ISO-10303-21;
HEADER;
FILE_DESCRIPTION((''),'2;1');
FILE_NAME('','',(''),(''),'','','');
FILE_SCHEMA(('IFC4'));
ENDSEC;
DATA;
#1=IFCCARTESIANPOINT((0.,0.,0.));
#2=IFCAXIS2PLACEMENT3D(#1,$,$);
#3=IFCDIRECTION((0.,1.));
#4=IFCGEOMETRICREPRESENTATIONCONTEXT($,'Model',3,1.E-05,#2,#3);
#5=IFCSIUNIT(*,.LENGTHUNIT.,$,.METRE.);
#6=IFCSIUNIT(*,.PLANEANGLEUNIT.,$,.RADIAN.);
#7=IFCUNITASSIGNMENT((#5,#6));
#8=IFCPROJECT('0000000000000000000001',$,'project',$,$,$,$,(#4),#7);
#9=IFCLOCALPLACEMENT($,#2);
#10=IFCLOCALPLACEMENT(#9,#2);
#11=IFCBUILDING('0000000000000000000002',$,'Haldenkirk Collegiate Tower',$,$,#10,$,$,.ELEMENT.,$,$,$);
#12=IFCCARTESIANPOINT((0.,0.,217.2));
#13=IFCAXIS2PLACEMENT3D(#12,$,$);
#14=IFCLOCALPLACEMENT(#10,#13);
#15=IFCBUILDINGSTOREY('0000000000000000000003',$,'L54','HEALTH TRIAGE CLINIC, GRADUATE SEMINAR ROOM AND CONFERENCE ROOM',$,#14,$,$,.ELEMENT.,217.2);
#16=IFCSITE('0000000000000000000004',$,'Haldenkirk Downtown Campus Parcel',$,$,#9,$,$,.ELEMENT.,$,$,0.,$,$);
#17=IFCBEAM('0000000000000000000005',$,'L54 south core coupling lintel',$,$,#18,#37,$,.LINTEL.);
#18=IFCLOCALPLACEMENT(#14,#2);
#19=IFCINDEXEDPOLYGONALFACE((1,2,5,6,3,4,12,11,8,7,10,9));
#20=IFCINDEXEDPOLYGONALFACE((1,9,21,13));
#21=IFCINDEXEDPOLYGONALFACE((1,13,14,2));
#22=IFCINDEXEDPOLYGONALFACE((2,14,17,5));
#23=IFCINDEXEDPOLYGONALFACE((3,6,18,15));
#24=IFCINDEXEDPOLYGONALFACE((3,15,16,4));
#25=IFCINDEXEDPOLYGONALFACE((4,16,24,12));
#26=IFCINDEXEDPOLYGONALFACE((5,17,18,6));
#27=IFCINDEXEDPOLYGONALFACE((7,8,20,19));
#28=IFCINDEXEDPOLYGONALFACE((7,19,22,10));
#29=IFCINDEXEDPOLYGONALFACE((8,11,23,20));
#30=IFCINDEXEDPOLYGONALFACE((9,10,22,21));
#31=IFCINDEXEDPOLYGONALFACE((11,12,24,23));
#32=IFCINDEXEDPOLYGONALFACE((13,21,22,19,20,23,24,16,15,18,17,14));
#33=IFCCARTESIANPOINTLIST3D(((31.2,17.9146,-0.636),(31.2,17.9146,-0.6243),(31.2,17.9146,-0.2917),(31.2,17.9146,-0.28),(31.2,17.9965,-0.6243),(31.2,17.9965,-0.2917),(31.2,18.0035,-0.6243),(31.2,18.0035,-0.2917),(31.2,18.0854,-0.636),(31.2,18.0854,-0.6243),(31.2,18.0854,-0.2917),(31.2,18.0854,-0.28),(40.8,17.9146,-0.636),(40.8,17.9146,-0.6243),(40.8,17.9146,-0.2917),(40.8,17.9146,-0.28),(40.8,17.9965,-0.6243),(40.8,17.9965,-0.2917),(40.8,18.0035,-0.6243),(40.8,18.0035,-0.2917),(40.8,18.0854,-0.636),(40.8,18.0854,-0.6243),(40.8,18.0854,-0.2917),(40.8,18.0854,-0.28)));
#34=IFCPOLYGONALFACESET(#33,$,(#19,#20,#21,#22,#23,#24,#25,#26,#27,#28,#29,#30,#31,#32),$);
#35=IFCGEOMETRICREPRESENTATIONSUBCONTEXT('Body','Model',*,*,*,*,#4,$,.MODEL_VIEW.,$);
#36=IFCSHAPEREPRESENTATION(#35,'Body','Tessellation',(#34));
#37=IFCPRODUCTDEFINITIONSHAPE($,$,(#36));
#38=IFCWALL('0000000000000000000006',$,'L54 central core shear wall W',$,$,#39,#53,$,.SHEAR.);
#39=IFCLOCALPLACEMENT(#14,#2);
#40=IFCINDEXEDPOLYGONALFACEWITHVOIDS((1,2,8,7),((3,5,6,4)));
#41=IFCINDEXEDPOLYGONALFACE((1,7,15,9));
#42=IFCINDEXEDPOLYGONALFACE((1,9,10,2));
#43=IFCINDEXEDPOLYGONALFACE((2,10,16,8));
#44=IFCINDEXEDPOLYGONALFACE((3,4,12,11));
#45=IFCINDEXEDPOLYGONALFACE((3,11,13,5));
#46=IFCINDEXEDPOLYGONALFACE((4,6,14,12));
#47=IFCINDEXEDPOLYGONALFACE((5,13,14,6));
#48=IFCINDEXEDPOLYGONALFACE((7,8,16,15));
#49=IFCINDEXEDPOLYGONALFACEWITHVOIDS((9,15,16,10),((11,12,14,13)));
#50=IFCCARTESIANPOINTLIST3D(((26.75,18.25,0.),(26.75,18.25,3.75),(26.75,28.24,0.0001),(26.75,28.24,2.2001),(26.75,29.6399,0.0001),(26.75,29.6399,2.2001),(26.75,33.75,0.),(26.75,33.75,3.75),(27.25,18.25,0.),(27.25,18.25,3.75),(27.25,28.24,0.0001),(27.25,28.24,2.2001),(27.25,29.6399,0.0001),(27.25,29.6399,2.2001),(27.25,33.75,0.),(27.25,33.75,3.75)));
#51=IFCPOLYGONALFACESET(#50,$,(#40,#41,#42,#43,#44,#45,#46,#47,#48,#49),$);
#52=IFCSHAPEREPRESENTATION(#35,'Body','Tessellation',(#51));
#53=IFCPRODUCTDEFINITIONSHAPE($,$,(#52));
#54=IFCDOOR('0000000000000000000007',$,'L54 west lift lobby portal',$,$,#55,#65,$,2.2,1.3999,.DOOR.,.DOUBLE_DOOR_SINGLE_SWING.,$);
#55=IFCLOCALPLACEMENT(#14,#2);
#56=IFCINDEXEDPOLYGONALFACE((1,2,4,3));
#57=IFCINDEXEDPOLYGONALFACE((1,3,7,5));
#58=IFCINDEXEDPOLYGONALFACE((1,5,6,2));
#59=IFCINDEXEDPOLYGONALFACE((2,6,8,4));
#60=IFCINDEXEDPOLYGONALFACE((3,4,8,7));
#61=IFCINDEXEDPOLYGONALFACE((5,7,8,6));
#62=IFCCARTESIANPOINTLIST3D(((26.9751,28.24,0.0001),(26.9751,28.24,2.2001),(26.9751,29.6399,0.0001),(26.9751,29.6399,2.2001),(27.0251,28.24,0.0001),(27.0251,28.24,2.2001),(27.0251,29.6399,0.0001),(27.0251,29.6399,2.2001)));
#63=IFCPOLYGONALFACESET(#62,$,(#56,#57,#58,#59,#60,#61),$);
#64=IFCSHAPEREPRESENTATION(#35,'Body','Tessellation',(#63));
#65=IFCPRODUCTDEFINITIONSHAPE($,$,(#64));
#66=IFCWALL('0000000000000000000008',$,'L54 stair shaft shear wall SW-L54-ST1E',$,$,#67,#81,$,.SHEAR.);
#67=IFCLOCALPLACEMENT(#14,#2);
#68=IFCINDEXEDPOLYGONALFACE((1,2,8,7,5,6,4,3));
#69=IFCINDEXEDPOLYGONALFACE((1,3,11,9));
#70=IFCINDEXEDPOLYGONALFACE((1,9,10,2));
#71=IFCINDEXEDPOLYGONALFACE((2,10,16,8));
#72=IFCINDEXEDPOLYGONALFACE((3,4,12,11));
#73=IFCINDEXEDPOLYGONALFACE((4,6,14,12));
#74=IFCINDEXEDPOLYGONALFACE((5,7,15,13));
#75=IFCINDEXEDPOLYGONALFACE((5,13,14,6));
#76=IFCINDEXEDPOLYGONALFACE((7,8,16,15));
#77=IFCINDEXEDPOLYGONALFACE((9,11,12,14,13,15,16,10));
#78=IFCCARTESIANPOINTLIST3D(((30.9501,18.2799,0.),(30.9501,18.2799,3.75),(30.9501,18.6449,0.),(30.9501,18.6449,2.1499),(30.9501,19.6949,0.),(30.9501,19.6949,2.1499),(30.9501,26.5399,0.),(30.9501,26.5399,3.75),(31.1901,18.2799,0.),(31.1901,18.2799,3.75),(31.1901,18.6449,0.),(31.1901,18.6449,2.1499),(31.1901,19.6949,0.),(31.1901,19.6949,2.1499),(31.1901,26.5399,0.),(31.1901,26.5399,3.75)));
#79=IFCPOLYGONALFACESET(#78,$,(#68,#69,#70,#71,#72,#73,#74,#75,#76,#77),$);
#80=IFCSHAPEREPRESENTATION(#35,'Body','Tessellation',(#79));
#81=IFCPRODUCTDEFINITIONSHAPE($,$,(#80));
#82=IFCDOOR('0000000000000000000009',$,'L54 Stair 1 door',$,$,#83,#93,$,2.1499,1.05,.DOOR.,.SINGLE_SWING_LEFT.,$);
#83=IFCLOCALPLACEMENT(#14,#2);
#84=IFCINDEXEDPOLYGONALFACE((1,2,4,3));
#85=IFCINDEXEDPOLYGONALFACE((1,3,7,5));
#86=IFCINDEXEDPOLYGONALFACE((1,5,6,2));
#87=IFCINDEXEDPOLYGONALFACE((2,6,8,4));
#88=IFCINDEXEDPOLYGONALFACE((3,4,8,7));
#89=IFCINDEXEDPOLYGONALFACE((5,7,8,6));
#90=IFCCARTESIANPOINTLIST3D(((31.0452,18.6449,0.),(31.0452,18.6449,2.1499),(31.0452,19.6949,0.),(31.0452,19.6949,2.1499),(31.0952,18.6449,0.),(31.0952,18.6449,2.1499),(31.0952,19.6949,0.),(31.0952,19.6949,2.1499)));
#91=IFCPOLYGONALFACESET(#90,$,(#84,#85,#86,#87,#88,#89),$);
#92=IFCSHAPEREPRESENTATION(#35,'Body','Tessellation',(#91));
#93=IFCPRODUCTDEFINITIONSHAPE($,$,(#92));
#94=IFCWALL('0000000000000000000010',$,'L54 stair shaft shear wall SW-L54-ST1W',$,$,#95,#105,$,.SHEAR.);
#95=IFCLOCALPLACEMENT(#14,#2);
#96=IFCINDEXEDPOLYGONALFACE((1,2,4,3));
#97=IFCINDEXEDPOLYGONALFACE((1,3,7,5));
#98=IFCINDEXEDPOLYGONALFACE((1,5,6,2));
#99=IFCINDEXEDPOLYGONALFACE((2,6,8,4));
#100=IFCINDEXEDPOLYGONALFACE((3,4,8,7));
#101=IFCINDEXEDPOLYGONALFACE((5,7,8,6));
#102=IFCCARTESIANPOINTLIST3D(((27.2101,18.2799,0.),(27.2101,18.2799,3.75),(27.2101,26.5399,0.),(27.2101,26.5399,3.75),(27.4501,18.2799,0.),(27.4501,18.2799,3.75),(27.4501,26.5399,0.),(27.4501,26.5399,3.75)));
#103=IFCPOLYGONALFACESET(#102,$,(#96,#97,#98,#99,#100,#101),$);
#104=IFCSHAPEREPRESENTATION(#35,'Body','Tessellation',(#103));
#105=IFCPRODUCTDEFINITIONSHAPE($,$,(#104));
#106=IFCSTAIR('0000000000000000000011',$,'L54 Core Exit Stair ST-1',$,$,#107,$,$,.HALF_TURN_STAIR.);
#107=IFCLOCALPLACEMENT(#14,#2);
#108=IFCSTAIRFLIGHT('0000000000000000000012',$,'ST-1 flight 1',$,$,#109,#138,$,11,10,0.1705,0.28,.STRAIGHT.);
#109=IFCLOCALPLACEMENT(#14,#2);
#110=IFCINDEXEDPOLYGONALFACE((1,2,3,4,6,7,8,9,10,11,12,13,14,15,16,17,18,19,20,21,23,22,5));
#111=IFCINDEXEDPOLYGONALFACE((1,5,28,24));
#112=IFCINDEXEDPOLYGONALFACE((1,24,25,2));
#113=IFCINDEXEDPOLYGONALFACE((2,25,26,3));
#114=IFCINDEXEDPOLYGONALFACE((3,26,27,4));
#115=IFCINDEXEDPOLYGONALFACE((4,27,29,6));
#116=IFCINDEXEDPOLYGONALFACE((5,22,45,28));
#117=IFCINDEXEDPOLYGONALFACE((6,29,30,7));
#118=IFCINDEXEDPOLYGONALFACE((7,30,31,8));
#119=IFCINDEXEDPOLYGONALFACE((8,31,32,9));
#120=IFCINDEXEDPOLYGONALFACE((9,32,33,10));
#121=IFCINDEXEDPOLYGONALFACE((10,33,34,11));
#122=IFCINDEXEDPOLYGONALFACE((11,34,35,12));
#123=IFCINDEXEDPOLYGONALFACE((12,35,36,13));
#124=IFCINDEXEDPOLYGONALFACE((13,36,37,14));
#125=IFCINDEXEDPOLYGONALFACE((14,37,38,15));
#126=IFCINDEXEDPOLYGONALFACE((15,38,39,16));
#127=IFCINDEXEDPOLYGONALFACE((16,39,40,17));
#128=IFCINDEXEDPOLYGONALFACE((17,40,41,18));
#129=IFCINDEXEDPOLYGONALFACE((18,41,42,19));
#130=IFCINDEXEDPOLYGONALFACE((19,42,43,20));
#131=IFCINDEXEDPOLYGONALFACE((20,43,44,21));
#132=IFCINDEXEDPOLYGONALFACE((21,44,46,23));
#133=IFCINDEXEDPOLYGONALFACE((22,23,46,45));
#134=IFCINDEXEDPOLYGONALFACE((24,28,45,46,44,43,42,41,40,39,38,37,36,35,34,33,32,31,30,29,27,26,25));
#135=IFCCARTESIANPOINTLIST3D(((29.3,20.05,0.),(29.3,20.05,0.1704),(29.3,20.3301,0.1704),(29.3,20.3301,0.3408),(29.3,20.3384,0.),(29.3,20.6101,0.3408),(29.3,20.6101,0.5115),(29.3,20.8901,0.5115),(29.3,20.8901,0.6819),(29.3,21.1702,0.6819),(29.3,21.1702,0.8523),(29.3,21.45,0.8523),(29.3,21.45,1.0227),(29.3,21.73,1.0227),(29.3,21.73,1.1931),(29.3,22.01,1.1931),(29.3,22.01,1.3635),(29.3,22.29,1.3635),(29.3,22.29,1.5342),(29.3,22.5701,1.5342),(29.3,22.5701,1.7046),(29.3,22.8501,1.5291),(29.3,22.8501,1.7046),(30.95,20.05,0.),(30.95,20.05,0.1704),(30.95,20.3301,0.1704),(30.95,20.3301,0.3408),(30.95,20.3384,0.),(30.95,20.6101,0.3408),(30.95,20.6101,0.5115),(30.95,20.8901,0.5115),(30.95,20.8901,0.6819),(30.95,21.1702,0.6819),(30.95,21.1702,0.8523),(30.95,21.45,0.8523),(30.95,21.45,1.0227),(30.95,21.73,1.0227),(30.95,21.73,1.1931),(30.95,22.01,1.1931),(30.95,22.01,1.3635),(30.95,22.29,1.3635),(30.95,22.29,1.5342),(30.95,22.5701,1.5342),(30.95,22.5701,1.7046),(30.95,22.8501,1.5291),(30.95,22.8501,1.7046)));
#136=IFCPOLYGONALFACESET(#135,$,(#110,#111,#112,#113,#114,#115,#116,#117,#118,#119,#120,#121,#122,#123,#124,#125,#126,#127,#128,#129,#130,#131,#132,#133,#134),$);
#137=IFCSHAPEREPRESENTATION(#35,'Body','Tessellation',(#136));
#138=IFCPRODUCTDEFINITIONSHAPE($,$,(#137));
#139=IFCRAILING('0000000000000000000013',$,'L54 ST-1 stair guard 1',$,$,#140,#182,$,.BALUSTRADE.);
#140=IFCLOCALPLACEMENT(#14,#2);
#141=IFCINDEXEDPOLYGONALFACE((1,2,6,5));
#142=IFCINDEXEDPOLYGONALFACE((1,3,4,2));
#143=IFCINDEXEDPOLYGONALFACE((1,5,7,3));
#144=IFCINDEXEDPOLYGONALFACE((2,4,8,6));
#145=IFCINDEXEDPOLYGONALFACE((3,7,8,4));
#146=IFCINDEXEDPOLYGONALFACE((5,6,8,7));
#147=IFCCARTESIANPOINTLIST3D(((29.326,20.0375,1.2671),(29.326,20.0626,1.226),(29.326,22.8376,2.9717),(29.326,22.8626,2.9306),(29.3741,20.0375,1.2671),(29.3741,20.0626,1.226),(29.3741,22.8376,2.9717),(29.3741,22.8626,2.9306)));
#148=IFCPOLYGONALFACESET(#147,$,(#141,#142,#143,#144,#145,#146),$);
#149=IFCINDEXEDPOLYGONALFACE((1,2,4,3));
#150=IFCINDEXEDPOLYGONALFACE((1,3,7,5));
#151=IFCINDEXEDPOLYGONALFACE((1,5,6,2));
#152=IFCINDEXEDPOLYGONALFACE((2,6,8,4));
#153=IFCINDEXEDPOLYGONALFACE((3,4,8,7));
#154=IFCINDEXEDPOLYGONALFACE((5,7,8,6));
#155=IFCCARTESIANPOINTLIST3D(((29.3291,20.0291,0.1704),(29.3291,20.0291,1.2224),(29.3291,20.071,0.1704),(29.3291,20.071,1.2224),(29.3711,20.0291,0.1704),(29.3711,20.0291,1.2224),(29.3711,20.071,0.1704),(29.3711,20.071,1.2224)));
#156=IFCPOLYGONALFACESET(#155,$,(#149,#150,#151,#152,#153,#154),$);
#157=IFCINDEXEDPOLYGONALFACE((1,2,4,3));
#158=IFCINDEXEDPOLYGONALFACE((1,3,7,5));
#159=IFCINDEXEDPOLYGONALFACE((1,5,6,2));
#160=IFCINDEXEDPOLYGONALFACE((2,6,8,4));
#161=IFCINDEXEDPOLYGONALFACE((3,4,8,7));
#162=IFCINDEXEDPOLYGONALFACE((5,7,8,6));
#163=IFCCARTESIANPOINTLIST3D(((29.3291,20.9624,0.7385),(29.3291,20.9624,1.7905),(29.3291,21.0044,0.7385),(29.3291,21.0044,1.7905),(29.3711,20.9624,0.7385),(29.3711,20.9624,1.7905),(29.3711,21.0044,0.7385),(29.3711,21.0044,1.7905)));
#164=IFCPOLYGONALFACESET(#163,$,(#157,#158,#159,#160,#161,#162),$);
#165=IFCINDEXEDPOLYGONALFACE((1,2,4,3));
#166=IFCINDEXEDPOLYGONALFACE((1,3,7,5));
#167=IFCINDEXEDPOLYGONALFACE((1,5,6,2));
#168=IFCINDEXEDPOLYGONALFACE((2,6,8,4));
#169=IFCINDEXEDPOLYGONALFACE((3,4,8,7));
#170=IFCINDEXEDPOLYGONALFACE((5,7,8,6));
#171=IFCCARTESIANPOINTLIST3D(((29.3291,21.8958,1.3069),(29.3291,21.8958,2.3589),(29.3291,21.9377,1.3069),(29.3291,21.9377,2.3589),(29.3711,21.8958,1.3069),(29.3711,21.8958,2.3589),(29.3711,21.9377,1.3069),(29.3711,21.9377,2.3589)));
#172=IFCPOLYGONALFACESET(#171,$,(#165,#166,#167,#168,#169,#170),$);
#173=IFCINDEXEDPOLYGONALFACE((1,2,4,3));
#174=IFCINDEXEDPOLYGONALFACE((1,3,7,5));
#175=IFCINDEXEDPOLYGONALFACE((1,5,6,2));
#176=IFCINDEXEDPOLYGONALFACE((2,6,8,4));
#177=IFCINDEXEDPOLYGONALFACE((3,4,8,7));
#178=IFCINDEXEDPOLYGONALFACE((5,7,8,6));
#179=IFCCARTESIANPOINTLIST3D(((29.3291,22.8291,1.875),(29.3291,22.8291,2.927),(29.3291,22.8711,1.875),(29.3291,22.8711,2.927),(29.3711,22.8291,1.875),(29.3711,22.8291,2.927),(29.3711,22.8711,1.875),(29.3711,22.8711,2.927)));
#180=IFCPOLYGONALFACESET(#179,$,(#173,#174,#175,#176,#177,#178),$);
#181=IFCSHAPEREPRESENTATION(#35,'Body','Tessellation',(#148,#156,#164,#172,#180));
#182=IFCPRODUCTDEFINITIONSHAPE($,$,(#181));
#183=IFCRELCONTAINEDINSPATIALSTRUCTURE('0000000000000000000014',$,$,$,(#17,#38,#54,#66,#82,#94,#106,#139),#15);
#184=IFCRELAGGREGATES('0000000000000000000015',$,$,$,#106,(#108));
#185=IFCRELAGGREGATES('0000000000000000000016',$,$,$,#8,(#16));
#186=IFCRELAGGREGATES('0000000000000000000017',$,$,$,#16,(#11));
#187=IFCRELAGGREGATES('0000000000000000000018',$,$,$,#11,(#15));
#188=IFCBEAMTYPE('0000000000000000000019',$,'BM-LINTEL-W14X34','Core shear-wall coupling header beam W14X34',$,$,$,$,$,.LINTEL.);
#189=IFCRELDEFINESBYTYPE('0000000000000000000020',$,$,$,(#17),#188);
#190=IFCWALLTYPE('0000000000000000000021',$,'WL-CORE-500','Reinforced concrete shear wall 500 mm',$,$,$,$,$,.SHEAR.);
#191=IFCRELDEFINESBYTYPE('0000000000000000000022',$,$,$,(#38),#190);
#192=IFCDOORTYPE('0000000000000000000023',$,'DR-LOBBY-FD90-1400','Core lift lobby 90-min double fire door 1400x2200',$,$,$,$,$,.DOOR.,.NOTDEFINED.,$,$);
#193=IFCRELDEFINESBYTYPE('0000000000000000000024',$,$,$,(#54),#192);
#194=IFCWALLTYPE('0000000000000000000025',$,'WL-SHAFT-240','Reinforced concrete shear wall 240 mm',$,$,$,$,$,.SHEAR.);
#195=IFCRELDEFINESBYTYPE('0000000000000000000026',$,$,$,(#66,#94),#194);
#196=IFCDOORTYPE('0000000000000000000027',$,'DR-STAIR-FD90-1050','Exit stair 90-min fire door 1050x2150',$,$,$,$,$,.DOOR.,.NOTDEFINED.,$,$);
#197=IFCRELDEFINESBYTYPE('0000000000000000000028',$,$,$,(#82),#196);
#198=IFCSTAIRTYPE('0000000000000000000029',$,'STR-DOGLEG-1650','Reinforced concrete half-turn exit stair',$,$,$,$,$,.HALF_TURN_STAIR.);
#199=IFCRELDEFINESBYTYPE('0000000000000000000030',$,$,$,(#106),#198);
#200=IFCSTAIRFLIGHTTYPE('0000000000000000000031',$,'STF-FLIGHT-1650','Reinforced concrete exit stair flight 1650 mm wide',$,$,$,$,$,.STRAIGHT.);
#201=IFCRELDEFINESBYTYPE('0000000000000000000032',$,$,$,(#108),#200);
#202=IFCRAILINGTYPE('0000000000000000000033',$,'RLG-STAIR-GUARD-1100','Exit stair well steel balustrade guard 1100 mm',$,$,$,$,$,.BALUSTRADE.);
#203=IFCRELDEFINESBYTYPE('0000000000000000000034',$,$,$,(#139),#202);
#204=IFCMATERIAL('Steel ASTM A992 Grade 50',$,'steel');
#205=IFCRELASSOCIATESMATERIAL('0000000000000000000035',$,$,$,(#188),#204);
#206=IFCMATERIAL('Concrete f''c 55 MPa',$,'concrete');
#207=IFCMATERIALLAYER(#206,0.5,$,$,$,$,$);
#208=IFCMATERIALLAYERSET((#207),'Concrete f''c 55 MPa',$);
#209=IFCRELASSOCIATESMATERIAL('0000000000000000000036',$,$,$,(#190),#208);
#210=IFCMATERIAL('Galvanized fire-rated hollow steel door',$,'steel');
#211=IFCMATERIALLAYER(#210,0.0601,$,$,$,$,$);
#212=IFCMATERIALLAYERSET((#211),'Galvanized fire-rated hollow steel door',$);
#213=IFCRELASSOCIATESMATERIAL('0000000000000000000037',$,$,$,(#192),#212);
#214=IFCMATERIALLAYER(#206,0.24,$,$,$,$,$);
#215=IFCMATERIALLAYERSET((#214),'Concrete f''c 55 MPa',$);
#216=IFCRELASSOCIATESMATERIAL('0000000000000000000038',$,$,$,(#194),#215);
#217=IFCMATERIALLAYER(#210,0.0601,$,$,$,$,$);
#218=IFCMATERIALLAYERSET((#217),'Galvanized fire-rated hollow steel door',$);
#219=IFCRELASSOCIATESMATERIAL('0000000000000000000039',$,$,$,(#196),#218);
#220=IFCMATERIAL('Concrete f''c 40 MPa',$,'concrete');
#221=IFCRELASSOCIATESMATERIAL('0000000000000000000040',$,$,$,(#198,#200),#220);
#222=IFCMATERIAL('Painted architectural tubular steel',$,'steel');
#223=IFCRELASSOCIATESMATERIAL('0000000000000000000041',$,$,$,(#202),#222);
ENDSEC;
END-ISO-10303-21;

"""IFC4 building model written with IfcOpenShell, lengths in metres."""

from ifc_helpers import new_model, si_unit, direction, frame, frame_2d, origin, origin_2d, place, context, subcontext, project, spatial, polyline, rectangle, i_section, outline, extrude, material, layer, layer_set, material_profile, profile_set, type_object, element, fill, aggregate, save


model = new_model("IFC4")

# Units and contexts
model_context = context("Model", 3, precision=1e-05, world=origin(), true_north=direction((0.0, 1.0)))
body_context = subcontext(model_context, "Body", "Model", "MODEL_VIEW")
ifc_project = project(units=[si_unit("LENGTHUNIT", "METRE"), si_unit("PLANEANGLEUNIT", "RADIAN")], contexts=[model_context])

# Site, building, storey
site_placement = place(None, origin())
site = spatial("IfcSite", under=ifc_project, at=site_placement, Name="Haldenkirk Downtown Campus Parcel", CompositionType="ELEMENT", RefElevation=0.0)
building_placement = place(site_placement, origin())
building = spatial("IfcBuilding", under=site, at=building_placement, Name="Haldenkirk Collegiate Tower", CompositionType="ELEMENT")
storey_placement = place(building_placement, frame((0.0, 0.0, 217.2)))
storey = spatial("IfcBuildingStorey", under=building, at=storey_placement, Name="L54", Description="HEALTH TRIAGE CLINIC, GRADUATE SEMINAR ROOM AND CONFERENCE ROOM", CompositionType="ELEMENT", Elevation=217.2)

# Beam
ifc_material_1 = material(Name="Steel ASTM A992 Grade 50", Category="steel")
ifc_material_profile = material_profile(ifc_material_1, i_section(OverallWidth=0.1709, OverallDepth=0.356, WebThickness=0.0071, FlangeThickness=0.0117, at=origin_2d()), Name="W14X34")
ifc_profile_set = profile_set([ifc_material_profile], Name="Steel ASTM A992 Grade 50")
beam_type = type_object("IfcBeamType", Name="BM-LINTEL-W14X34", Description="Core shear-wall coupling header beam W14X34", PredefinedType="LINTEL", material=ifc_profile_set)
beam_placement = place(storey_placement, frame((31.2, 18.0, -0.458), z_axis=(1.0, 0.0, 0.0), x_axis=(0.0, 1.0, 0.0)))
element("IfcBeam", 1, at=beam_placement, inside=storey, type_object=beam_type, Name="L54 south core coupling lintel", PredefinedType="LINTEL", context=body_context, shape_type="SweptSolid", body=[
    extrude(i_section(OverallWidth=0.1709, OverallDepth=0.356, WebThickness=0.0071, FlangeThickness=0.0117, at=origin_2d()), origin(), (0.0, 0.0, 1.0), 9.6001),
])

# Shared definitions
ifc_material_2 = material(Name="Concrete f'c 55 MPa", Category="concrete")
ifc_layer_1 = layer(ifc_material_2, 0.5)
ifc_layer_set_1 = layer_set([ifc_layer_1], Name="Concrete f'c 55 MPa")
wall_type_1 = type_object("IfcWallType", Name="WL-CORE-500", Description="Reinforced concrete shear wall 500 mm", PredefinedType="SHEAR", material=ifc_layer_set_1)
ifc_material_3 = material(Name="Galvanized fire-rated hollow steel door", Category="steel")

# Walls, openings, doors
wall_1_placement = place(storey_placement, frame((27.0, 18.25, 0.0), z_axis=(0.0, 0.0, 1.0), x_axis=(0.0, 1.0, 0.0)))
wall_1 = element("IfcWall", 2, at=wall_1_placement, inside=storey, type_object=wall_type_1, Name="L54 central core shear wall W", PredefinedType="SHEAR", context=body_context, shape_type="SweptSolid", body=[
    extrude(rectangle(XDim=15.5, YDim=0.5, at=frame_2d((7.75, 0.0))), origin(), (0.0, 0.0, 1.0), 3.75),
])
opening_1_placement = place(wall_1_placement, frame((9.99, 0.0, 0.0)))
opening_1 = element("IfcOpeningElement", 3, at=opening_1_placement, cuts=wall_1, PredefinedType="OPENING", context=body_context, shape_type="SweptSolid", body=[
    extrude(rectangle(XDim=1.3999, YDim=2.2, at=frame_2d((0.7, 1.1001))), frame((0.0, 0.26, 0.0), z_axis=(0.0, -1.0, 0.0), x_axis=(1.0, 0.0, 0.0)), (0.0, 0.0, 1.0), 0.52),
])
ifc_layer_2 = layer(ifc_material_3, 0.0601)
ifc_layer_set_2 = layer_set([ifc_layer_2], Name="Galvanized fire-rated hollow steel door")
door_type_1 = type_object("IfcDoorType", Name="DR-LOBBY-FD90-1400", Description="Core lift lobby 90-min double fire door 1400x2200", OperationType="NOTDEFINED", PredefinedType="DOOR", material=ifc_layer_set_2)
door_1_placement = place(opening_1_placement, origin())
door_1 = element("IfcDoor", 4, at=door_1_placement, inside=storey, type_object=door_type_1, Name="L54 west lift lobby portal", OperationType="DOUBLE_DOOR_SINGLE_SWING", OverallHeight=2.2, OverallWidth=1.3999, PredefinedType="DOOR", context=body_context, shape_type="SweptSolid", body=[
    extrude(rectangle(XDim=1.3999, YDim=2.2, at=frame_2d((0.7, 1.1001))), frame((0.0, 0.0249, 0.0), z_axis=(0.0, -1.0, 0.0), x_axis=(1.0, 0.0, 0.0)), (0.0, 0.0, 1.0), 0.05),
])
fill(opening_1, door_1)
ifc_layer_3 = layer(ifc_material_2, 0.24)
ifc_layer_set_3 = layer_set([ifc_layer_3], Name="Concrete f'c 55 MPa")
wall_type_2 = type_object("IfcWallType", Name="WL-SHAFT-240", Description="Reinforced concrete shear wall 240 mm", PredefinedType="SHEAR", material=ifc_layer_set_3)
wall_2_placement = place(storey_placement, frame((31.0701, 18.28, 0.0), z_axis=(0.0, 0.0, 1.0), x_axis=(0.0, 1.0, 0.0)))
wall_2 = element("IfcWall", 5, at=wall_2_placement, inside=storey, type_object=wall_type_2, Name="L54 stair shaft shear wall SW-L54-ST1E", PredefinedType="SHEAR", context=body_context, shape_type="SweptSolid", body=[
    extrude(rectangle(XDim=8.26, YDim=0.24, at=frame_2d((4.1299, 0.0))), origin(), (0.0, 0.0, 1.0), 3.75),
])
opening_2_placement = place(wall_2_placement, frame((0.365, 0.0, 0.0)))
opening_2 = element("IfcOpeningElement", 6, at=opening_2_placement, cuts=wall_2, PredefinedType="OPENING", context=body_context, shape_type="SweptSolid", body=[
    extrude(rectangle(XDim=1.05, YDim=2.1499, at=frame_2d((0.5249, 1.075))), frame((0.0, 0.1299, 0.0), z_axis=(0.0, -1.0, 0.0), x_axis=(1.0, 0.0, 0.0)), (0.0, 0.0, 1.0), 0.26),
])
ifc_layer_4 = layer(ifc_material_3, 0.0601)
ifc_layer_set_4 = layer_set([ifc_layer_4], Name="Galvanized fire-rated hollow steel door")
door_type_2 = type_object("IfcDoorType", Name="DR-STAIR-FD90-1050", Description="Exit stair 90-min fire door 1050x2150", OperationType="NOTDEFINED", PredefinedType="DOOR", material=ifc_layer_set_4)
door_2_placement = place(opening_2_placement, origin())
door_2 = element("IfcDoor", 7, at=door_2_placement, inside=storey, type_object=door_type_2, Name="L54 Stair 1 door", OperationType="SINGLE_SWING_LEFT", OverallHeight=2.1499, OverallWidth=1.05, PredefinedType="DOOR", context=body_context, shape_type="SweptSolid", body=[
    extrude(rectangle(XDim=1.05, YDim=2.1499, at=frame_2d((0.5249, 1.075))), frame((0.0, 0.0249, 0.0), z_axis=(0.0, -1.0, 0.0), x_axis=(1.0, 0.0, 0.0)), (0.0, 0.0, 1.0), 0.05),
])
fill(opening_2, door_2)

# Wall
wall_3_placement = place(storey_placement, frame((27.3301, 18.28, 0.0), z_axis=(0.0, 0.0, 1.0), x_axis=(0.0, 1.0, 0.0)))
element("IfcWall", 8, at=wall_3_placement, inside=storey, type_object=wall_type_2, Name="L54 stair shaft shear wall SW-L54-ST1W", PredefinedType="SHEAR", context=body_context, shape_type="SweptSolid", body=[
    extrude(rectangle(XDim=8.26, YDim=0.24, at=frame_2d((4.1299, 0.0))), origin(), (0.0, 0.0, 1.0), 3.75),
])

# Stair, stair flight
ifc_material_4 = material(Name="Concrete f'c 40 MPa", Category="concrete")
stair_type = type_object("IfcStairType", Name="STR-DOGLEG-1650", Description="Reinforced concrete half-turn exit stair", PredefinedType="HALF_TURN_STAIR", material=ifc_material_4)
stair_placement = place(storey_placement, origin())
stair = element("IfcStair", 9, at=stair_placement, inside=storey, type_object=stair_type, Name="L54 Core Exit Stair ST-1", PredefinedType="HALF_TURN_STAIR")
stair_flight_type = type_object("IfcStairFlightType", Name="STF-FLIGHT-1650", Description="Reinforced concrete exit stair flight 1650 mm wide", PredefinedType="STRAIGHT", material=ifc_material_4)
stair_flight_placement = place(storey_placement, frame((30.125, 20.05, 0.0), z_axis=(0.0, 0.0, 1.0), x_axis=(0.0, 1.0, 0.0)))
stair_flight = element("IfcStairFlight", 10, at=stair_flight_placement, type_object=stair_flight_type, Name="ST-1 flight 1", NumberOfRisers=11, NumberOfTreads=10, PredefinedType="STRAIGHT", RiserHeight=0.1705, TreadLength=0.28, context=body_context, shape_type="SweptSolid", body=[
    extrude(outline(polyline([(0.0, 0.0), (0.0, 0.1704), (0.28, 0.1704), (0.28, 0.3408), (0.5601, 0.3408), (0.5601, 0.5115), (0.8401, 0.5115), (0.8401, 0.6819), (1.1201, 0.6819), (1.1201, 0.8523), (1.3999, 0.8523), (1.3999, 1.0227), (1.6799, 1.0227), (1.6799, 1.1931), (1.96, 1.1931), (1.96, 1.3635), (2.24, 1.3635), (2.24, 1.5342), (2.52, 1.5342), (2.52, 1.7046), (2.8, 1.7046), (2.8, 1.875), (2.8, 1.5291), (0.2883, 0.0), (0.0, 0.0)])), frame((0.0, 0.825, 0.0), z_axis=(0.0, -1.0, 0.0), x_axis=(1.0, 0.0, 0.0)), (0.0, 0.0, 1.0), 1.6499),
])
aggregate(stair, [stair_flight])

# Railing
ifc_material_5 = material(Name="Painted architectural tubular steel", Category="steel")
railing_type_1 = type_object("IfcRailingType", Name="RLG-STAIR-GUARD-1100", Description="Exit stair well steel balustrade guard 1100 mm", PredefinedType="BALUSTRADE", material=ifc_material_5)
railing_1_placement = place(storey_placement, frame((29.3501, 20.05, 0.1704)))
element("IfcRailing", 11, at=railing_1_placement, inside=storey, type_object=railing_type_1, Name="L54 ST-1 stair guard 1", PredefinedType="BALUSTRADE", context=body_context, shape_type="SweptSolid", body=[
    extrude(rectangle(XDim=0.0481, YDim=0.0481, at=origin_2d()), frame((0.0, 0.0, 1.0762), z_axis=(0.0, 0.85417, 0.519994), x_axis=(-1.0, 0.0, 0.0)), (0.0, 0.0, 1.0), 3.2781),
    extrude(rectangle(XDim=0.042, YDim=0.042, at=origin_2d()), origin(), (0.0, 0.0, 1.0), 1.052),
    extrude(rectangle(XDim=0.042, YDim=0.042, at=origin_2d()), frame((0.0, 0.9333, 0.5681)), (0.0, 0.0, 1.0), 1.052),
    extrude(rectangle(XDim=0.042, YDim=0.042, at=origin_2d()), frame((0.0, 1.8667, 1.1365)), (0.0, 0.0, 1.0), 1.052),
    extrude(rectangle(XDim=0.042, YDim=0.042, at=origin_2d()), frame((0.0, 2.8, 1.7046)), (0.0, 0.0, 1.0), 1.052),
])

save(model, "model.ifc")
